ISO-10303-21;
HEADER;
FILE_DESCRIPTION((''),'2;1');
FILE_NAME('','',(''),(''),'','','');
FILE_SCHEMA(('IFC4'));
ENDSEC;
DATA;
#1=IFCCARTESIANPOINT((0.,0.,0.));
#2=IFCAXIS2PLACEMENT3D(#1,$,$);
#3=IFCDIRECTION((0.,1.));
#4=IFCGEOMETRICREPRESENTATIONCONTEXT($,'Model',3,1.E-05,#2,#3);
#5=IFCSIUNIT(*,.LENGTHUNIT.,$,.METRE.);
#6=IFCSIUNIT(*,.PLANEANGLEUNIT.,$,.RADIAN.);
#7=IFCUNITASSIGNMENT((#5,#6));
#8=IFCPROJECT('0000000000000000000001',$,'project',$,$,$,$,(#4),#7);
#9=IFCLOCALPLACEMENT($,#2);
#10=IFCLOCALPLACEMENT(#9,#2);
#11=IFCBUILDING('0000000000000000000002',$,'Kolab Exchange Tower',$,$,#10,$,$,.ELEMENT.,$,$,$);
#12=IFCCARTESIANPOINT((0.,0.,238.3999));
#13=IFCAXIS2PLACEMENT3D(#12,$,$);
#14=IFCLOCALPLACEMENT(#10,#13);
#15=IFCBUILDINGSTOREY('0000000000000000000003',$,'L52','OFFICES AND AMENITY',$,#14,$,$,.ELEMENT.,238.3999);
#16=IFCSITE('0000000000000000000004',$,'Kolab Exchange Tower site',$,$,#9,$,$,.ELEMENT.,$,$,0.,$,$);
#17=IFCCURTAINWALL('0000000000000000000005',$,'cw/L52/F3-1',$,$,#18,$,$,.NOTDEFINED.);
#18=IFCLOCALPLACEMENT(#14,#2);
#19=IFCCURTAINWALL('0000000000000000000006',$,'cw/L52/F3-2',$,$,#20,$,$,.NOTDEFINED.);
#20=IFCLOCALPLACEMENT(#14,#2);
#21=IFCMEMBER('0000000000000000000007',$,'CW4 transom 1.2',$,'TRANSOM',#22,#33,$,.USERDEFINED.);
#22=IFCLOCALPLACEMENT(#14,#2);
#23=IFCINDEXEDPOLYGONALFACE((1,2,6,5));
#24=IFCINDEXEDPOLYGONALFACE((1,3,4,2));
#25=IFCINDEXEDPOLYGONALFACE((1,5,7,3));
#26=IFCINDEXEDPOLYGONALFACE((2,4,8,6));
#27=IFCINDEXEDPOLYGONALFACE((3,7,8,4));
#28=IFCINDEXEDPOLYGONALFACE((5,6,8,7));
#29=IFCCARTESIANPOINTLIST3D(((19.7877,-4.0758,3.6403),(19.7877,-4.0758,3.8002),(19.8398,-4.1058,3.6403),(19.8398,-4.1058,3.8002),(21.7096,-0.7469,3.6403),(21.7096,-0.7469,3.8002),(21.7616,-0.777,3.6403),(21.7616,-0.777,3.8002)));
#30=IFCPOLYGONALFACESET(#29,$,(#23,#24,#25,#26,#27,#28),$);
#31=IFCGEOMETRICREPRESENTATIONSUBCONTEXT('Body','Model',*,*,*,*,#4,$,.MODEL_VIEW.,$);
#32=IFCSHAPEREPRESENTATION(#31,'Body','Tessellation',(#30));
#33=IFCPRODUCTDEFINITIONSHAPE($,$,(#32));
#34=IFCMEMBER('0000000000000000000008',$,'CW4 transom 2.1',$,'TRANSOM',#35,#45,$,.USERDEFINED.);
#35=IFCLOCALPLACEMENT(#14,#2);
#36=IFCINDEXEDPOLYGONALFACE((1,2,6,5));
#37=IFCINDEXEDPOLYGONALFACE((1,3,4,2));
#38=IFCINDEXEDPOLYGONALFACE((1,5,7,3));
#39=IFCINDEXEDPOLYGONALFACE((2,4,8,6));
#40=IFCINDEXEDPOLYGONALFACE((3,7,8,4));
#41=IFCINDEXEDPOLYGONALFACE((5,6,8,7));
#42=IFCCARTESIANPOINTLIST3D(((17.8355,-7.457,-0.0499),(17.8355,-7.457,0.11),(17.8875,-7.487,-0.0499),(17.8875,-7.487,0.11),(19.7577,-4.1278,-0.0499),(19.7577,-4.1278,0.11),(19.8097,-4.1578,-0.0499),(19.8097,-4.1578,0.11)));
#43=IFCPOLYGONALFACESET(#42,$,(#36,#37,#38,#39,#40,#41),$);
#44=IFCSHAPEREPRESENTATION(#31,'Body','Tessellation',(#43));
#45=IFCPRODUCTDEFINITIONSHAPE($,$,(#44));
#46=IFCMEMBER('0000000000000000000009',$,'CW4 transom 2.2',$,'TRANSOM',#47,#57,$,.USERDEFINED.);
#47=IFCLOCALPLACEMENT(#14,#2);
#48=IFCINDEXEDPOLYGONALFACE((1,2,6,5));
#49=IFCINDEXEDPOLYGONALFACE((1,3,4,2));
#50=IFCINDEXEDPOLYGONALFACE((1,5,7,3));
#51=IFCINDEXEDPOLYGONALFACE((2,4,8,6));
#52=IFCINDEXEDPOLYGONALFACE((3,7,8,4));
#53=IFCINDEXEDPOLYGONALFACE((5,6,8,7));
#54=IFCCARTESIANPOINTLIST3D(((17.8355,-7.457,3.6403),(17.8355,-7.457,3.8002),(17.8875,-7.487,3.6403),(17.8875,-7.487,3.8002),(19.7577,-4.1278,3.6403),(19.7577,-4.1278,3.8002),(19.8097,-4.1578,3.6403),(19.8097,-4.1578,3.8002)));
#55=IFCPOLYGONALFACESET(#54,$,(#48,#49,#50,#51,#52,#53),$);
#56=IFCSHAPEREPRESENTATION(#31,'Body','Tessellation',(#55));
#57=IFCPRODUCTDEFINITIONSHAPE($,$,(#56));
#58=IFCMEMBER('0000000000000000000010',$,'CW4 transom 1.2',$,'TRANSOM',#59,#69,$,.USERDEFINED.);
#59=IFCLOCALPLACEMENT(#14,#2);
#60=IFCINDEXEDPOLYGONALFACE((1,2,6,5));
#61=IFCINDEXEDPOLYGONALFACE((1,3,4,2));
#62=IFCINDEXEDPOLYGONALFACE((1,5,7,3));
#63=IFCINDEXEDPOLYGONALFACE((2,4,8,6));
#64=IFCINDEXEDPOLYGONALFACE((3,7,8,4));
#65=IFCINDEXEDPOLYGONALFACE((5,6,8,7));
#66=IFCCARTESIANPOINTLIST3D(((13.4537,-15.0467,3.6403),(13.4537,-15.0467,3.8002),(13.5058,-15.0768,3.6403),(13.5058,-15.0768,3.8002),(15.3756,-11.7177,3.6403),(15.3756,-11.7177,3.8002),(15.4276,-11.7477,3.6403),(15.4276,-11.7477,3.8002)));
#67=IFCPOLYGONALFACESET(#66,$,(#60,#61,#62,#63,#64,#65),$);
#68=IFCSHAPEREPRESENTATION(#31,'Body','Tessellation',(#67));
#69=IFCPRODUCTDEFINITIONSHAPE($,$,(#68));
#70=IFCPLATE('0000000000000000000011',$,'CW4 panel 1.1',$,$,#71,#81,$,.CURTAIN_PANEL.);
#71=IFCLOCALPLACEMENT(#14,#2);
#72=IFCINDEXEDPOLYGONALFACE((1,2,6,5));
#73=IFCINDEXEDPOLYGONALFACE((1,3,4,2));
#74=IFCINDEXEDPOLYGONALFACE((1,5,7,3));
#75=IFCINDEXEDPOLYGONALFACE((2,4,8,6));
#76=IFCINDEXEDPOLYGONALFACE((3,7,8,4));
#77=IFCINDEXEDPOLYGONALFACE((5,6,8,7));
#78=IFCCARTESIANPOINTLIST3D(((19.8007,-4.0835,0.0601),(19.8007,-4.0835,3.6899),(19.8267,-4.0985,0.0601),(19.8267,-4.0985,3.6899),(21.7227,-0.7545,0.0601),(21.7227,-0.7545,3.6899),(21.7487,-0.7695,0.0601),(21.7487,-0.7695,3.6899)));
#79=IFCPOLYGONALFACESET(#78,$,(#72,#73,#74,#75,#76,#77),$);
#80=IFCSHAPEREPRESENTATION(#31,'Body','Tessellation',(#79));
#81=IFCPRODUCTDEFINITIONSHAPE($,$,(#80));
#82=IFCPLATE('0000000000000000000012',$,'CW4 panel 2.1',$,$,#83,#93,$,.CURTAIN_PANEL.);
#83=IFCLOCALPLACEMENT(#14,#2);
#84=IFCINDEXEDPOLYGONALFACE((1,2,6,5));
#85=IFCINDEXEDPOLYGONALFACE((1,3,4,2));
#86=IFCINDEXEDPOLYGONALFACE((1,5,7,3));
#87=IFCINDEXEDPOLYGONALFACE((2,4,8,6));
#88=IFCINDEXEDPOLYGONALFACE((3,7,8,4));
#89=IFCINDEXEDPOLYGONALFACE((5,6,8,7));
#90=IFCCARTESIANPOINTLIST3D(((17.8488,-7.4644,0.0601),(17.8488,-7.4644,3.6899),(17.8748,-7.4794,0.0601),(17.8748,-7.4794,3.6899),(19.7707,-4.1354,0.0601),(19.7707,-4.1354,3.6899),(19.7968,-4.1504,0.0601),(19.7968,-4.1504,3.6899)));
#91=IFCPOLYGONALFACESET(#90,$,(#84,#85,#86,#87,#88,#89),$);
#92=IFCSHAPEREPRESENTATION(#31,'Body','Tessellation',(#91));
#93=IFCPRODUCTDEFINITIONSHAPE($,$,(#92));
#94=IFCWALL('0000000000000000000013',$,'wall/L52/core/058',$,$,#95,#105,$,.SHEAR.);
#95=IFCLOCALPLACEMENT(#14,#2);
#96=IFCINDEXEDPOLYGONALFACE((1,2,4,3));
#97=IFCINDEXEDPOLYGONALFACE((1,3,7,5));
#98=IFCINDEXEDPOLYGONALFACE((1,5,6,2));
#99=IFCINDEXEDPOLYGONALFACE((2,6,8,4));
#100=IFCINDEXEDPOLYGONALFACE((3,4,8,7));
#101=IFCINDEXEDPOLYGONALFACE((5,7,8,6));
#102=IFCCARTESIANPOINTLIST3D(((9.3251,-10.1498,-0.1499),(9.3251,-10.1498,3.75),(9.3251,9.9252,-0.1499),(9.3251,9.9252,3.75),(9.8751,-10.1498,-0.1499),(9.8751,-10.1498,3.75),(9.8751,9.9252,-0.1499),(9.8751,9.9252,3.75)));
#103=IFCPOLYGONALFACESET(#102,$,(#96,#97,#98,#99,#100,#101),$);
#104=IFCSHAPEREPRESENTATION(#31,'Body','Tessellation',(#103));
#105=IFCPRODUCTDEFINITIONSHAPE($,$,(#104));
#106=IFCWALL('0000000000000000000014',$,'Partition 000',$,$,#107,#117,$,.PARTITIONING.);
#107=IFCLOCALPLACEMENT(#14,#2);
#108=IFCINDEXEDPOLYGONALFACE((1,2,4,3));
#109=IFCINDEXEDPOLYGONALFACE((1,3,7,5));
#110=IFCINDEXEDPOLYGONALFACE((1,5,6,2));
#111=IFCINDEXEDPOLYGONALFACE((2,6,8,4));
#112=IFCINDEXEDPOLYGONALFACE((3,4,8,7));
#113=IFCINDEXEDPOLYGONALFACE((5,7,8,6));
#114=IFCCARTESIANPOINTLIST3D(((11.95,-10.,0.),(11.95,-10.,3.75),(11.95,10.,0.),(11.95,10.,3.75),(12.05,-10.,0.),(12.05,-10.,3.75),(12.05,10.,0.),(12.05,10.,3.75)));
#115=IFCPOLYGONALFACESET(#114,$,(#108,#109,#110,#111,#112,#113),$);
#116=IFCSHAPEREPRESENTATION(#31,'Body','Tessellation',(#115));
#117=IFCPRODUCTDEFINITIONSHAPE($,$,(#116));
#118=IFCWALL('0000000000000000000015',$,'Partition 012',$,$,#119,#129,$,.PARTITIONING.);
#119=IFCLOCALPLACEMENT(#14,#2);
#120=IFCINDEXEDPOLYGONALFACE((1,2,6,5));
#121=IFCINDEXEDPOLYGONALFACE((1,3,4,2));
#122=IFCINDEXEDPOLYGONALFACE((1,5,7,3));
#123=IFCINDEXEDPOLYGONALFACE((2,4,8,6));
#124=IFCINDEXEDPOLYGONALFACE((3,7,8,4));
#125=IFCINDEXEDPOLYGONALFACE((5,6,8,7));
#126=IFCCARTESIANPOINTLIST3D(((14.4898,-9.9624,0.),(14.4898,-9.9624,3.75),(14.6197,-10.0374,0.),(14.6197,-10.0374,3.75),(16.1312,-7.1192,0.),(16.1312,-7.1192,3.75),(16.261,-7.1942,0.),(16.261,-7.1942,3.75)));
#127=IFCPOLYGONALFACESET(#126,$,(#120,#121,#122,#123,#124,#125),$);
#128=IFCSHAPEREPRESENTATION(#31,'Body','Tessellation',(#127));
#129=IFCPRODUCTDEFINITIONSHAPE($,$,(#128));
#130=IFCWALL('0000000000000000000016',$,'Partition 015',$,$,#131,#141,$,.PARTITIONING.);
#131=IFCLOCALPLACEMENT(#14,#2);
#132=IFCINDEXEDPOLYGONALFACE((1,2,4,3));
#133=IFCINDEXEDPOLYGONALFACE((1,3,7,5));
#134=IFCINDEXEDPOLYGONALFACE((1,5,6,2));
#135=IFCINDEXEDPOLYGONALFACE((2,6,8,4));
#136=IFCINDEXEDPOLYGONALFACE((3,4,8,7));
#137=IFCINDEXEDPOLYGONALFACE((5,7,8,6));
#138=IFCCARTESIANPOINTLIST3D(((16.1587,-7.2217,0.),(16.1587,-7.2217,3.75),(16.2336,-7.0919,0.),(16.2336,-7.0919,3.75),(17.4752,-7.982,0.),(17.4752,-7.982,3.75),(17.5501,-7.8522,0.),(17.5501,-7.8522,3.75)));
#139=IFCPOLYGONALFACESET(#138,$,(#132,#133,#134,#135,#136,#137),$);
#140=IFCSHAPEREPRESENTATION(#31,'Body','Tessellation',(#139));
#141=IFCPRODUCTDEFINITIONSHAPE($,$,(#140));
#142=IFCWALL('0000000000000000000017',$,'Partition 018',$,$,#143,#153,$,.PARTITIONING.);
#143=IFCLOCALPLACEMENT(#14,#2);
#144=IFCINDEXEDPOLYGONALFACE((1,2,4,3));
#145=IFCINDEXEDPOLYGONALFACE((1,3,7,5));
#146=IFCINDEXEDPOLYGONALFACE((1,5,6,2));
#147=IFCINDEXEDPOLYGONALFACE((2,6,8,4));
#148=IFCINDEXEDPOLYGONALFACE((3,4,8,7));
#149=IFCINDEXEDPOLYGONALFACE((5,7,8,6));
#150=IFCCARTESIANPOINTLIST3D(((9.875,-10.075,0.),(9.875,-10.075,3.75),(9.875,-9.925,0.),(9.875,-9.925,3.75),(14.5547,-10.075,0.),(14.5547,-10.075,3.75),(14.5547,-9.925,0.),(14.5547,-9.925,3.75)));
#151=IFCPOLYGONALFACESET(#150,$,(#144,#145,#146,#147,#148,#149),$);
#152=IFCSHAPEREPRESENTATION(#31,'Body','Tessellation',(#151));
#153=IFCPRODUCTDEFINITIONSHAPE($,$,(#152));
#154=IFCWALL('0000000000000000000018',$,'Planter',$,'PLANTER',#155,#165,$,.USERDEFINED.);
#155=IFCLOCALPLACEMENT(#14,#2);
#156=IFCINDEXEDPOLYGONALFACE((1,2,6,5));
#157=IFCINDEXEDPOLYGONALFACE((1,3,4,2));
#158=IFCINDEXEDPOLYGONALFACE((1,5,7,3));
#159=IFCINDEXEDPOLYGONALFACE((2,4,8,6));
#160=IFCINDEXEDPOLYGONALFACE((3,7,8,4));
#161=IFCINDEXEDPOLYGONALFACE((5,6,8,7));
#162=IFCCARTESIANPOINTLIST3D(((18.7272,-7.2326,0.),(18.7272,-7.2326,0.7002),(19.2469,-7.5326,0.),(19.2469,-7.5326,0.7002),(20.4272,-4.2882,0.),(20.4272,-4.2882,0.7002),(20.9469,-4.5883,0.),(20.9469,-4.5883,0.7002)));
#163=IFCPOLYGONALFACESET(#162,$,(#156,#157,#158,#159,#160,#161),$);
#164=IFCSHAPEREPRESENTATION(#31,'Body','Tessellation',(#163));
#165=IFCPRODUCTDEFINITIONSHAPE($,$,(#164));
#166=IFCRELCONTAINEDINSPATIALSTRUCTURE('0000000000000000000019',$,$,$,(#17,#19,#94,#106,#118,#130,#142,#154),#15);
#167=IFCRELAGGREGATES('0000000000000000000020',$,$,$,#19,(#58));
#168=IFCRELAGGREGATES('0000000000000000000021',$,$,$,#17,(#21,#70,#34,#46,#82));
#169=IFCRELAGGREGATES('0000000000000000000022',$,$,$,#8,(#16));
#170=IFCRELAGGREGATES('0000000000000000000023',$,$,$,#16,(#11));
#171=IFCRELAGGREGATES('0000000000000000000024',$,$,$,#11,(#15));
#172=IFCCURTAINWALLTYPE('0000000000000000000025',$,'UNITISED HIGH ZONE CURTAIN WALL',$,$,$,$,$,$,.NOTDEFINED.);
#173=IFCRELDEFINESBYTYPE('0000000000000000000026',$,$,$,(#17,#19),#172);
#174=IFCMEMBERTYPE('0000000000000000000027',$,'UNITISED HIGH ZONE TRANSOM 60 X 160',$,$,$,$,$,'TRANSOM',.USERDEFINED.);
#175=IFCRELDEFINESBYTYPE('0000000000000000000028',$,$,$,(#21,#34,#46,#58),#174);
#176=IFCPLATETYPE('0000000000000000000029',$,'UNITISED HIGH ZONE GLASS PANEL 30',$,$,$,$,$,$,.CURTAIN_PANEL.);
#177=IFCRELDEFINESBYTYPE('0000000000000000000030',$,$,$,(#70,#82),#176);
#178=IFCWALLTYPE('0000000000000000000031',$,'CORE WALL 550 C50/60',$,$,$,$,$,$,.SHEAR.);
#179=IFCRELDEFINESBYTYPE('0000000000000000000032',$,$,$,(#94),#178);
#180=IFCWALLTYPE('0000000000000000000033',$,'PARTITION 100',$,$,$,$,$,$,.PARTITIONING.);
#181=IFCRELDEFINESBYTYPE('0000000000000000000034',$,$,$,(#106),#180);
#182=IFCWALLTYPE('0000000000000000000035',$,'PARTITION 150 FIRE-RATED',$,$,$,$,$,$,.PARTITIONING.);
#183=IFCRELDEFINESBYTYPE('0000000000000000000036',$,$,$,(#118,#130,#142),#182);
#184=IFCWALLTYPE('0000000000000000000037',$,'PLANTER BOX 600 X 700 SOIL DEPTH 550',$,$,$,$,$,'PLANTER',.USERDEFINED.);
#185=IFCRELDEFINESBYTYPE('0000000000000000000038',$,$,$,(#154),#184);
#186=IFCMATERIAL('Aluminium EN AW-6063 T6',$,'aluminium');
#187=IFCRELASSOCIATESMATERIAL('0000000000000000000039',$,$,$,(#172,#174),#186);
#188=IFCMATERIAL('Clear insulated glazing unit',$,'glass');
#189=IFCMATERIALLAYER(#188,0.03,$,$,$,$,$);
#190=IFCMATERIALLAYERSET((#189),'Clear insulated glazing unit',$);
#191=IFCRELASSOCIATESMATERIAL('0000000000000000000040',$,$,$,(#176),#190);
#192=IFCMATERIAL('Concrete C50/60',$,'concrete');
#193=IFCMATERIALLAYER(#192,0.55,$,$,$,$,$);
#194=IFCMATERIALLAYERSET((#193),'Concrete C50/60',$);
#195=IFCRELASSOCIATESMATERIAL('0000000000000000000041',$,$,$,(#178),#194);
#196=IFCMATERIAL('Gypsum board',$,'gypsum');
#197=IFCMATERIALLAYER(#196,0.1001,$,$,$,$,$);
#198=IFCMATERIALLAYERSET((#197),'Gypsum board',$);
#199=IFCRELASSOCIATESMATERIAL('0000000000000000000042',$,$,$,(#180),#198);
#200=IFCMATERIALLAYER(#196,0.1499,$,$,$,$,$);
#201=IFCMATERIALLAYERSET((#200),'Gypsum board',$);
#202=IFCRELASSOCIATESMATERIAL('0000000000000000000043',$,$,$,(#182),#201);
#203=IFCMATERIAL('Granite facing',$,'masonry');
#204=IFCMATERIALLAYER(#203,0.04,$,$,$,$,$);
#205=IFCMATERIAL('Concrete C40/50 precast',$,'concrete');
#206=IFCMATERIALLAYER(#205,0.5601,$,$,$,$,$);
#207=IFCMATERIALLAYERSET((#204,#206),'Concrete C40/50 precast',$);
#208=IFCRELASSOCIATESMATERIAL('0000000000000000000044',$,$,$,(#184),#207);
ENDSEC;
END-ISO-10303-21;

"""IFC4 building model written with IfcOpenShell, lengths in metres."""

from ifc_helpers import new_model, si_unit, direction, frame, frame_2d, origin, origin_2d, place, context, subcontext, project, spatial, rectangle, extrude, material, layer, layer_set, material_profile, profile_set, type_object, element, aggregate, save


model = new_model("IFC4")

# Units and contexts
model_context = context("Model", 3, precision=1e-05, world=origin(), true_north=direction((0.0, 1.0)))
body_context = subcontext(model_context, "Body", "Model", "MODEL_VIEW")
ifc_project = project(units=[si_unit("LENGTHUNIT", "METRE"), si_unit("PLANEANGLEUNIT", "RADIAN")], contexts=[model_context])

# Site, building, storey
site_placement = place(None, origin())
site = spatial("IfcSite", under=ifc_project, at=site_placement, Name="Kolab Exchange Tower site", CompositionType="ELEMENT", RefElevation=0.0)
building_placement = place(site_placement, origin())
building = spatial("IfcBuilding", under=site, at=building_placement, Name="Kolab Exchange Tower", CompositionType="ELEMENT")
storey_placement = place(building_placement, frame((0.0, 0.0, 238.3999)))
storey = spatial("IfcBuildingStorey", under=building, at=storey_placement, Name="L52", Description="OFFICES AND AMENITY", CompositionType="ELEMENT", Elevation=238.3999)

# Shared definitions
ifc_material_1 = material(Name="Concrete C50/60", Category="concrete")

# Curtain wall
ifc_material_2 = material(Name="Aluminium EN AW-6063 T6", Category="aluminium")
curtain_wall_type = type_object("IfcCurtainWallType", Name="UNITISED HIGH ZONE CURTAIN WALL", PredefinedType="NOTDEFINED", material=ifc_material_2)
curtain_wall_1_placement = place(storey_placement, origin())
curtain_wall_1 = element("IfcCurtainWall", 1, at=curtain_wall_1_placement, inside=storey, type_object=curtain_wall_type, Name="cw/L52/F3-1", PredefinedType="NOTDEFINED")

# Curtain wall
curtain_wall_2_placement = place(storey_placement, origin())
curtain_wall_2 = element("IfcCurtainWall", 2, at=curtain_wall_2_placement, inside=storey, type_object=curtain_wall_type, Name="cw/L52/F3-2", PredefinedType="NOTDEFINED")

# Members
ifc_material_profile_1 = material_profile(ifc_material_2, rectangle(XDim=0.0601, YDim=0.1599, at=origin_2d()), Name="RECT 60X160")
ifc_profile_set_1 = profile_set([ifc_material_profile_1], Name="Aluminium EN AW-6063 T6")
member_type_1 = type_object("IfcMemberType", Name="UNITISED HIGH ZONE TRANSOM 60 X 160", ElementType="TRANSOM", PredefinedType="USERDEFINED", material=ifc_profile_set_1)
member_1_placement = place(storey_placement, frame((21.7356, -0.762, 3.7202), z_axis=(-0.499992, -0.86603, 0.0), x_axis=(0.86603, -0.499992, 0.0)))
member_1 = element("IfcMember", 3, at=member_1_placement, type_object=member_type_1, Name="CW4 transom 1.2", ObjectType="TRANSOM", PredefinedType="USERDEFINED", context=body_context, shape_type="SweptSolid", body=[
    extrude(rectangle(XDim=0.0601, YDim=0.1599, at=origin_2d()), origin(), (0.0, 0.0, 1.0), 3.8438),
])
member_2_placement = place(storey_placement, frame((19.7837, -4.1428, 0.03), z_axis=(-0.500012, -0.866018, 0.0), x_axis=(0.866018, -0.500012, 0.0)))
member_2 = element("IfcMember", 4, at=member_2_placement, type_object=member_type_1, Name="CW4 transom 2.1", ObjectType="TRANSOM", PredefinedType="USERDEFINED", context=body_context, shape_type="SweptSolid", body=[
    extrude(rectangle(XDim=0.0601, YDim=0.1599, at=origin_2d()), origin(), (0.0, 0.0, 1.0), 3.8442),
])
member_3_placement = place(storey_placement, frame((19.7837, -4.1428, 3.7202), z_axis=(-0.500012, -0.866018, 0.0), x_axis=(0.866018, -0.500012, 0.0)))
member_3 = element("IfcMember", 5, at=member_3_placement, type_object=member_type_1, Name="CW4 transom 2.2", ObjectType="TRANSOM", PredefinedType="USERDEFINED", context=body_context, shape_type="SweptSolid", body=[
    extrude(rectangle(XDim=0.0601, YDim=0.1599, at=origin_2d()), origin(), (0.0, 0.0, 1.0), 3.8442),
])
member_4_placement = place(storey_placement, frame((15.4016, -11.7327, 3.7202), z_axis=(-0.499964, -0.866046, 0.0), x_axis=(0.866046, -0.499964, 0.0)))
member_4 = element("IfcMember", 6, at=member_4_placement, type_object=member_type_1, Name="CW4 transom 1.2", ObjectType="TRANSOM", PredefinedType="USERDEFINED", context=body_context, shape_type="SweptSolid", body=[
    extrude(rectangle(XDim=0.0601, YDim=0.1599, at=origin_2d()), origin(), (0.0, 0.0, 1.0), 3.844),
])
aggregate(curtain_wall_2, [member_4])

# Plates
ifc_material_3 = material(Name="Clear insulated glazing unit", Category="glass")
ifc_layer_1 = layer(ifc_material_3, 0.03)
ifc_layer_set_1 = layer_set([ifc_layer_1], Name="Clear insulated glazing unit")
plate_type = type_object("IfcPlateType", Name="UNITISED HIGH ZONE GLASS PANEL 30", PredefinedType="CURTAIN_PANEL", material=ifc_layer_set_1)
plate_1_placement = place(storey_placement, frame((20.7747, -2.4265, 0.0601), z_axis=(0.0, 0.0, 1.0), x_axis=(-0.5, -0.866025, 0.0)))
plate_1 = element("IfcPlate", 7, at=plate_1_placement, type_object=plate_type, Name="CW4 panel 1.1", PredefinedType="CURTAIN_PANEL", context=body_context, shape_type="SweptSolid", body=[
    extrude(rectangle(XDim=3.844, YDim=0.03, at=origin_2d()), origin(), (0.0, 0.0, 1.0), 3.6299),
])
plate_2_placement = place(storey_placement, frame((18.8228, -5.8074, 0.0601), z_axis=(0.0, 0.0, 1.0), x_axis=(-0.5, -0.866025, 0.0)))
plate_2 = element("IfcPlate", 8, at=plate_2_placement, type_object=plate_type, Name="CW4 panel 2.1", PredefinedType="CURTAIN_PANEL", context=body_context, shape_type="SweptSolid", body=[
    extrude(rectangle(XDim=3.844, YDim=0.03, at=origin_2d()), origin(), (0.0, 0.0, 1.0), 3.6299),
])
aggregate(curtain_wall_1, [member_1, plate_1, member_2, member_3, plate_2])

# Wall
ifc_layer_2 = layer(ifc_material_1, 0.55)
ifc_layer_set_2 = layer_set([ifc_layer_2], Name="Concrete C50/60")
wall_type_1 = type_object("IfcWallType", Name="CORE WALL 550 C50/60", PredefinedType="SHEAR", material=ifc_layer_set_2)
wall_1_placement = place(storey_placement, frame((9.6001, -10.1499, -0.1499), z_axis=(0.0, 0.0, 1.0), x_axis=(0.0, 1.0, 0.0)))
element("IfcWall", 9, at=wall_1_placement, inside=storey, type_object=wall_type_1, Name="wall/L52/core/058", PredefinedType="SHEAR", context=body_context, shape_type="SweptSolid", body=[
    extrude(rectangle(XDim=20.075, YDim=0.55, at=frame_2d((10.0376, 0.0))), origin(), (0.0, 0.0, 1.0), 3.8999),
])

# Walls
ifc_material_4 = material(Name="Gypsum board", Category="gypsum")
ifc_layer_3 = layer(ifc_material_4, 0.1001)
ifc_layer_set_3 = layer_set([ifc_layer_3], Name="Gypsum board")
wall_type_2 = type_object("IfcWallType", Name="PARTITION 100", PredefinedType="PARTITIONING", material=ifc_layer_set_3)
wall_2_placement = place(storey_placement, frame((12.0, -10.0, 0.0), z_axis=(0.0, 0.0, 1.0), x_axis=(0.0, 1.0, 0.0)))
element("IfcWall", 10, at=wall_2_placement, inside=storey, type_object=wall_type_2, Name="Partition 000", PredefinedType="PARTITIONING", context=body_context, shape_type="SweptSolid", body=[
    extrude(rectangle(XDim=20.0, YDim=0.1001, at=frame_2d((10.0, 0.0))), origin(), (0.0, 0.0, 1.0), 3.75),
])
ifc_layer_4 = layer(ifc_material_4, 0.1499)
ifc_layer_set_4 = layer_set([ifc_layer_4], Name="Gypsum board")
wall_type_3 = type_object("IfcWallType", Name="PARTITION 150 FIRE-RATED", PredefinedType="PARTITIONING", material=ifc_layer_set_4)
wall_3_placement = place(storey_placement, frame((14.5547, -10.0, 0.0), z_axis=(0.0, 0.0, 1.0), x_axis=(0.499954, 0.866052, 0.0)))
element("IfcWall", 11, at=wall_3_placement, inside=storey, type_object=wall_type_3, Name="Partition 012", PredefinedType="PARTITIONING", context=body_context, shape_type="SweptSolid", body=[
    extrude(rectangle(XDim=3.283, YDim=0.1499, at=frame_2d((1.6416, 0.0))), origin(), (0.0, 0.0, 1.0), 3.75),
])
wall_4_placement = place(storey_placement, frame((16.196, -7.1567, 0.0), z_axis=(0.0, 0.0, 1.0), x_axis=(0.865961, -0.500112, 0.0)))
element("IfcWall", 12, at=wall_4_placement, inside=storey, type_object=wall_type_3, Name="Partition 015", PredefinedType="PARTITIONING", context=body_context, shape_type="SweptSolid", body=[
    extrude(rectangle(XDim=1.5203, YDim=0.1499, at=frame_2d((0.7603, 0.0))), origin(), (0.0, 0.0, 1.0), 3.75),
])
wall_5_placement = place(storey_placement, frame((9.875, -10.0, 0.0), z_axis=(0.0, 0.0, 1.0), x_axis=(1.0, 0.0, 0.0)))
element("IfcWall", 13, at=wall_5_placement, inside=storey, type_object=wall_type_3, Name="Partition 018", PredefinedType="PARTITIONING", context=body_context, shape_type="SweptSolid", body=[
    extrude(rectangle(XDim=4.6797, YDim=0.1499, at=frame_2d((2.3398, 0.0))), origin(), (0.0, 0.0, 1.0), 3.75),
])
ifc_material_5 = material(Name="Granite facing", Category="masonry")
ifc_layer_5 = layer(ifc_material_5, 0.04)
ifc_material_6 = material(Name="Concrete C40/50 precast", Category="concrete")
ifc_layer_6 = layer(ifc_material_6, 0.5601)
ifc_layer_set_5 = layer_set([ifc_layer_5, ifc_layer_6], Name="Concrete C40/50 precast")
wall_type_4 = type_object("IfcWallType", Name="PLANTER BOX 600 X 700 SOIL DEPTH 550", ElementType="PLANTER", PredefinedType="USERDEFINED", material=ifc_layer_set_5)
wall_6_placement = place(storey_placement, frame((20.687, -4.4382, 0.0), z_axis=(0.0, 0.0, 1.0), x_axis=(-0.500008, -0.866021, 0.0)))
element("IfcWall", 14, at=wall_6_placement, inside=storey, type_object=wall_type_4, Name="Planter", ObjectType="PLANTER", PredefinedType="USERDEFINED", context=body_context, shape_type="SweptSolid", body=[
    extrude(rectangle(XDim=3.3999, YDim=0.6001, at=frame_2d((1.7, 0.0))), origin(), (0.0, 0.0, 1.0), 0.7002),
])

save(model, "model.ifc")
